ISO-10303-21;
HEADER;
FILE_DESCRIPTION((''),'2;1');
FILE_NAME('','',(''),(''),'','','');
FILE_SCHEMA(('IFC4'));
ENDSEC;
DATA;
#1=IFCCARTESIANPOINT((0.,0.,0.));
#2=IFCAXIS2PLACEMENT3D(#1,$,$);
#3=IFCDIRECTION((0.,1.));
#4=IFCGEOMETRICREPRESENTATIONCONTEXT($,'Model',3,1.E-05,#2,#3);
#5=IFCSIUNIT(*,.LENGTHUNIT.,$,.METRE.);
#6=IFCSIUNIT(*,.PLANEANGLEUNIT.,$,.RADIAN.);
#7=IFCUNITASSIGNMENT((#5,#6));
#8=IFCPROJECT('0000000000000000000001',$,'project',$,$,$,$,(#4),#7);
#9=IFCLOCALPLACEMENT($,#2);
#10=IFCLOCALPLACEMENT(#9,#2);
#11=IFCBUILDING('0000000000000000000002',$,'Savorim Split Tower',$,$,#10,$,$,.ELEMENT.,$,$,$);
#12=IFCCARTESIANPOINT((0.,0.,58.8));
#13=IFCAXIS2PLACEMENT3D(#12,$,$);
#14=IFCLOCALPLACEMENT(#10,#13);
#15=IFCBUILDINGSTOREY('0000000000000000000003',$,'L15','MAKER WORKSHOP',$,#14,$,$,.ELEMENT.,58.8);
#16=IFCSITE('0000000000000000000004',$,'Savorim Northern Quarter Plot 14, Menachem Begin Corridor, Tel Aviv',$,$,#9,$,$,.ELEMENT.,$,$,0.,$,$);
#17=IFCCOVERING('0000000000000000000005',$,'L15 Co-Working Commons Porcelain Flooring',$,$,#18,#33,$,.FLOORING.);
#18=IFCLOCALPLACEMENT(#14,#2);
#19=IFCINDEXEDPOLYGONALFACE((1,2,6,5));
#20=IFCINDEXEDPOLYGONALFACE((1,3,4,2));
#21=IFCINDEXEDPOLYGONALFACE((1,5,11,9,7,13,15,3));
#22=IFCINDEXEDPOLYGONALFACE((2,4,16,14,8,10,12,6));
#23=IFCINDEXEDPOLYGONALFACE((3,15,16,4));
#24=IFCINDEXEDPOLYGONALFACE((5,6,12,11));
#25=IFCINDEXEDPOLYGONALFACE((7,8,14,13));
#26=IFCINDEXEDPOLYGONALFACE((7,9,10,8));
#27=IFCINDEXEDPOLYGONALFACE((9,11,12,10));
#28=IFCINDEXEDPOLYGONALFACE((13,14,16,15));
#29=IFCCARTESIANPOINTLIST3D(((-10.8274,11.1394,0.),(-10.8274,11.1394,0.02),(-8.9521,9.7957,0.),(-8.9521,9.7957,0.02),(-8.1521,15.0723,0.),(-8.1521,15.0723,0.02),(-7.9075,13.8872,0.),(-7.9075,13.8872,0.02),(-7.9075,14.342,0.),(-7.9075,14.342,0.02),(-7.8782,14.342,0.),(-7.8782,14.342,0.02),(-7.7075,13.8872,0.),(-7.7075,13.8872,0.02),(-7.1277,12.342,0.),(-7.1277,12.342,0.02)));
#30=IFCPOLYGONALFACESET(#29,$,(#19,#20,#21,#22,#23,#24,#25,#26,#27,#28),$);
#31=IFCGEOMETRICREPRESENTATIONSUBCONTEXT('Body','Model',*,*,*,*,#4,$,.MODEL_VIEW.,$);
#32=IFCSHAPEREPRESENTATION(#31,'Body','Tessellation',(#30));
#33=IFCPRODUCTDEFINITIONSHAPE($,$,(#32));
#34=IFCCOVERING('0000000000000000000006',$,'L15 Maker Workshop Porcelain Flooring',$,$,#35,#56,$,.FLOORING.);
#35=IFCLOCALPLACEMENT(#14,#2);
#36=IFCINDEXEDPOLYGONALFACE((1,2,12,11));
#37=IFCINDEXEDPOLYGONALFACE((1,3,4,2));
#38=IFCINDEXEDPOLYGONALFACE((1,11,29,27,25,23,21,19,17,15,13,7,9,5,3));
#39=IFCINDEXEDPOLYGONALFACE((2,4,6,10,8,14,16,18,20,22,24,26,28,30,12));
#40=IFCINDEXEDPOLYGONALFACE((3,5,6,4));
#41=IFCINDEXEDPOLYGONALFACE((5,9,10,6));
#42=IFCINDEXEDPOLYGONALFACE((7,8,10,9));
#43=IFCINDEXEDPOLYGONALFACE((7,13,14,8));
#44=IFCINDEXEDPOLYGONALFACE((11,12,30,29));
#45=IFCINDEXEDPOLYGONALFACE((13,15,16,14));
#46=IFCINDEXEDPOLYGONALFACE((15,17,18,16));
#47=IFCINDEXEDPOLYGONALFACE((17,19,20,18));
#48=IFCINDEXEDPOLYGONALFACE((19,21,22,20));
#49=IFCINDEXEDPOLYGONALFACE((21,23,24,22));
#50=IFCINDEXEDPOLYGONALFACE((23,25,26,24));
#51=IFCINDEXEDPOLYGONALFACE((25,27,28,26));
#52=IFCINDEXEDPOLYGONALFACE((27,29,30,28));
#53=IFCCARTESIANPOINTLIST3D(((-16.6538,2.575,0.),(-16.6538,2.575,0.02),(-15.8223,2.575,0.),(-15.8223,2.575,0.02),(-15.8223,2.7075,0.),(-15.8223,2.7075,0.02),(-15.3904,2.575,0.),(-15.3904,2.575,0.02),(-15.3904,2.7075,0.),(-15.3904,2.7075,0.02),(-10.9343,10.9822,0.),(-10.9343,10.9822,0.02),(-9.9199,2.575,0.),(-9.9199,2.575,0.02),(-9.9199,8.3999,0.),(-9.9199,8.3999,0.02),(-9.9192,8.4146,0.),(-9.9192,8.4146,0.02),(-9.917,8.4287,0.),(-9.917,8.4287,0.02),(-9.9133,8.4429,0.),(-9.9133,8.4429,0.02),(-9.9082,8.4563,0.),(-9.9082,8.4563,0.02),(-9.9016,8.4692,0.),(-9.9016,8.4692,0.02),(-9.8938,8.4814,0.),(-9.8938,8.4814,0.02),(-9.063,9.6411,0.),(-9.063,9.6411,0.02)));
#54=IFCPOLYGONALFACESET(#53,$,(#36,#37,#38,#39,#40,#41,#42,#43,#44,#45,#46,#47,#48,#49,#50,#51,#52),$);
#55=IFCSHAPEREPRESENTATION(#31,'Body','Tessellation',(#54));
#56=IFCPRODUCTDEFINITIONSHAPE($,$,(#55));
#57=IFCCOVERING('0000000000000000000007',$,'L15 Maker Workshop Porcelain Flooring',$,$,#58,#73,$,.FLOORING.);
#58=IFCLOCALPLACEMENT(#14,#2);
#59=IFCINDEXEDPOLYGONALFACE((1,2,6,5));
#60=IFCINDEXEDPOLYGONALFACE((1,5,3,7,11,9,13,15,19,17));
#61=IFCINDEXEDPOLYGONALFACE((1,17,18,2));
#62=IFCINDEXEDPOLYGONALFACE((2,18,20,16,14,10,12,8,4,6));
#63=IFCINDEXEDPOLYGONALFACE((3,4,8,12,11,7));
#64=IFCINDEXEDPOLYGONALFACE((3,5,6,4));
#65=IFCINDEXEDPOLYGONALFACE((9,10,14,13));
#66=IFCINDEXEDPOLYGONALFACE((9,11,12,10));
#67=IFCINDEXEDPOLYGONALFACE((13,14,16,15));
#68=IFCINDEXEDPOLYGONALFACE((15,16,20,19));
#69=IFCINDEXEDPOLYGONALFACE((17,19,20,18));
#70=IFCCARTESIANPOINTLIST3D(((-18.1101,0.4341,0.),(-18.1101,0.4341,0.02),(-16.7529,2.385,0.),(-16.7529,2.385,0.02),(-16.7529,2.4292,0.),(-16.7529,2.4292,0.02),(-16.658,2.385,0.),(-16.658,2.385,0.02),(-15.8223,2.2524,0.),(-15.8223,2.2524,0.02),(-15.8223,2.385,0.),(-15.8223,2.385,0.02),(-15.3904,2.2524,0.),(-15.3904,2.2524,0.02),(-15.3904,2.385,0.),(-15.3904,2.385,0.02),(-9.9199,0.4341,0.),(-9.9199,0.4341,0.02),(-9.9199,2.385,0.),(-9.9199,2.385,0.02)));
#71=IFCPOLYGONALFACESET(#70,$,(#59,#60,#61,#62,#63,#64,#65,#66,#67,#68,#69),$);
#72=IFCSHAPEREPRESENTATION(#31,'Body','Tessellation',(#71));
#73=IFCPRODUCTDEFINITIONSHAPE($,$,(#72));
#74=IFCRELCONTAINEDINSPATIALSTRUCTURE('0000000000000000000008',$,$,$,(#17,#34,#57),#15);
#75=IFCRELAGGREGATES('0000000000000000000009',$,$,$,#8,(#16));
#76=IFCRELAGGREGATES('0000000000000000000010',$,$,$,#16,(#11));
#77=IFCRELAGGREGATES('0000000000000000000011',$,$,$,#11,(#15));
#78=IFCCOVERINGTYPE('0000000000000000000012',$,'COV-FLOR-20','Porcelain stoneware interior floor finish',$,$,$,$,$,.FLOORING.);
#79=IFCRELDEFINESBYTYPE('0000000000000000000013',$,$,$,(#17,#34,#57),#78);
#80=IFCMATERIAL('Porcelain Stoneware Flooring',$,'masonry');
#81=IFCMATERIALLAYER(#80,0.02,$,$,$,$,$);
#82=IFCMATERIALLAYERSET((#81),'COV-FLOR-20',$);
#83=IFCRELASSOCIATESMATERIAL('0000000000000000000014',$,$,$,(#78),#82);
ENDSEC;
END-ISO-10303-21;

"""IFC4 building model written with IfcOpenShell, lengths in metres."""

from ifc_helpers import new_model, si_unit, direction, frame, origin, place, context, subcontext, project, spatial, polyline, outline, extrude, material, layer, layer_set, type_object, element, save


model = new_model("IFC4")

# Units and contexts
model_context = context("Model", 3, precision=1e-05, world=origin(), true_north=direction((0.0, 1.0)))
body_context = subcontext(model_context, "Body", "Model", "MODEL_VIEW")
ifc_project = project(units=[si_unit("LENGTHUNIT", "METRE"), si_unit("PLANEANGLEUNIT", "RADIAN")], contexts=[model_context])

# Site, building, storey
site_placement = place(None, origin())
site = spatial("IfcSite", under=ifc_project, at=site_placement, Name="Savorim Northern Quarter Plot 14, Menachem Begin Corridor, Tel Aviv", CompositionType="ELEMENT", RefElevation=0.0)
building_placement = place(site_placement, origin())
building = spatial("IfcBuilding", under=site, at=building_placement, Name="Savorim Split Tower", CompositionType="ELEMENT")
storey_placement = place(building_placement, frame((0.0, 0.0, 58.8)))
storey = spatial("IfcBuildingStorey", under=building, at=storey_placement, Name="L15", Description="MAKER WORKSHOP", CompositionType="ELEMENT", Elevation=58.8)

# Coverings
ifc_material_1 = material(Name="Porcelain Stoneware Flooring", Category="masonry")
ifc_layer_1 = layer(ifc_material_1, 0.02)
ifc_layer_set_1 = layer_set([ifc_layer_1], Name="COV-FLOR-20")
covering_type_1 = type_object("IfcCoveringType", Name="COV-FLOR-20", Description="Porcelain stoneware interior floor finish", PredefinedType="FLOORING", material=ifc_layer_set_1)
covering_1_placement = place(storey_placement, origin())
element("IfcCovering", 1, at=covering_1_placement, inside=storey, type_object=covering_type_1, Name="L15 Co-Working Commons Porcelain Flooring", PredefinedType="FLOORING", context=body_context, shape_type="SweptSolid", body=[
    extrude(outline(polyline([(-10.8274, 11.1394), (-8.9521, 9.7957), (-7.1277, 12.342), (-7.7075, 13.8872), (-7.9075, 13.8872), (-7.9075, 14.342), (-7.8782, 14.342), (-8.1521, 15.0723), (-10.8274, 11.1394)])), origin(), (0.0, 0.0, 1.0), 0.02),
])
covering_2_placement = place(storey_placement, origin())
element("IfcCovering", 2, at=covering_2_placement, inside=storey, type_object=covering_type_1, Name="L15 Maker Workshop Porcelain Flooring", PredefinedType="FLOORING", context=body_context, shape_type="SweptSolid", body=[
    extrude(outline(polyline([(-9.9082, 8.4563), (-9.9016, 8.4692), (-9.8938, 8.4814), (-9.063, 9.6411), (-10.9343, 10.9822), (-16.6538, 2.575), (-15.8223, 2.575), (-15.8223, 2.7075), (-15.3904, 2.7075), (-15.3904, 2.575), (-9.9199, 2.575), (-9.9199, 8.3999), (-9.9192, 8.4146), (-9.917, 8.4287), (-9.9133, 8.4429), (-9.9082, 8.4563)])), origin(), (0.0, 0.0, 1.0), 0.02),
])
covering_3_placement = place(storey_placement, origin())
element("IfcCovering", 3, at=covering_3_placement, inside=storey, type_object=covering_type_1, Name="L15 Maker Workshop Porcelain Flooring", PredefinedType="FLOORING", context=body_context, shape_type="SweptSolid", body=[
    extrude(outline(polyline([(-15.8223, 2.385), (-16.658, 2.385), (-16.7529, 2.385), (-16.7529, 2.4292), (-18.1101, 0.4341), (-9.9199, 0.4341), (-9.9199, 2.385), (-15.3904, 2.385), (-15.3904, 2.2524), (-15.8223, 2.2524), (-15.8223, 2.385)])), origin(), (0.0, 0.0, 1.0), 0.02),
])

save(model, "model.ifc")
